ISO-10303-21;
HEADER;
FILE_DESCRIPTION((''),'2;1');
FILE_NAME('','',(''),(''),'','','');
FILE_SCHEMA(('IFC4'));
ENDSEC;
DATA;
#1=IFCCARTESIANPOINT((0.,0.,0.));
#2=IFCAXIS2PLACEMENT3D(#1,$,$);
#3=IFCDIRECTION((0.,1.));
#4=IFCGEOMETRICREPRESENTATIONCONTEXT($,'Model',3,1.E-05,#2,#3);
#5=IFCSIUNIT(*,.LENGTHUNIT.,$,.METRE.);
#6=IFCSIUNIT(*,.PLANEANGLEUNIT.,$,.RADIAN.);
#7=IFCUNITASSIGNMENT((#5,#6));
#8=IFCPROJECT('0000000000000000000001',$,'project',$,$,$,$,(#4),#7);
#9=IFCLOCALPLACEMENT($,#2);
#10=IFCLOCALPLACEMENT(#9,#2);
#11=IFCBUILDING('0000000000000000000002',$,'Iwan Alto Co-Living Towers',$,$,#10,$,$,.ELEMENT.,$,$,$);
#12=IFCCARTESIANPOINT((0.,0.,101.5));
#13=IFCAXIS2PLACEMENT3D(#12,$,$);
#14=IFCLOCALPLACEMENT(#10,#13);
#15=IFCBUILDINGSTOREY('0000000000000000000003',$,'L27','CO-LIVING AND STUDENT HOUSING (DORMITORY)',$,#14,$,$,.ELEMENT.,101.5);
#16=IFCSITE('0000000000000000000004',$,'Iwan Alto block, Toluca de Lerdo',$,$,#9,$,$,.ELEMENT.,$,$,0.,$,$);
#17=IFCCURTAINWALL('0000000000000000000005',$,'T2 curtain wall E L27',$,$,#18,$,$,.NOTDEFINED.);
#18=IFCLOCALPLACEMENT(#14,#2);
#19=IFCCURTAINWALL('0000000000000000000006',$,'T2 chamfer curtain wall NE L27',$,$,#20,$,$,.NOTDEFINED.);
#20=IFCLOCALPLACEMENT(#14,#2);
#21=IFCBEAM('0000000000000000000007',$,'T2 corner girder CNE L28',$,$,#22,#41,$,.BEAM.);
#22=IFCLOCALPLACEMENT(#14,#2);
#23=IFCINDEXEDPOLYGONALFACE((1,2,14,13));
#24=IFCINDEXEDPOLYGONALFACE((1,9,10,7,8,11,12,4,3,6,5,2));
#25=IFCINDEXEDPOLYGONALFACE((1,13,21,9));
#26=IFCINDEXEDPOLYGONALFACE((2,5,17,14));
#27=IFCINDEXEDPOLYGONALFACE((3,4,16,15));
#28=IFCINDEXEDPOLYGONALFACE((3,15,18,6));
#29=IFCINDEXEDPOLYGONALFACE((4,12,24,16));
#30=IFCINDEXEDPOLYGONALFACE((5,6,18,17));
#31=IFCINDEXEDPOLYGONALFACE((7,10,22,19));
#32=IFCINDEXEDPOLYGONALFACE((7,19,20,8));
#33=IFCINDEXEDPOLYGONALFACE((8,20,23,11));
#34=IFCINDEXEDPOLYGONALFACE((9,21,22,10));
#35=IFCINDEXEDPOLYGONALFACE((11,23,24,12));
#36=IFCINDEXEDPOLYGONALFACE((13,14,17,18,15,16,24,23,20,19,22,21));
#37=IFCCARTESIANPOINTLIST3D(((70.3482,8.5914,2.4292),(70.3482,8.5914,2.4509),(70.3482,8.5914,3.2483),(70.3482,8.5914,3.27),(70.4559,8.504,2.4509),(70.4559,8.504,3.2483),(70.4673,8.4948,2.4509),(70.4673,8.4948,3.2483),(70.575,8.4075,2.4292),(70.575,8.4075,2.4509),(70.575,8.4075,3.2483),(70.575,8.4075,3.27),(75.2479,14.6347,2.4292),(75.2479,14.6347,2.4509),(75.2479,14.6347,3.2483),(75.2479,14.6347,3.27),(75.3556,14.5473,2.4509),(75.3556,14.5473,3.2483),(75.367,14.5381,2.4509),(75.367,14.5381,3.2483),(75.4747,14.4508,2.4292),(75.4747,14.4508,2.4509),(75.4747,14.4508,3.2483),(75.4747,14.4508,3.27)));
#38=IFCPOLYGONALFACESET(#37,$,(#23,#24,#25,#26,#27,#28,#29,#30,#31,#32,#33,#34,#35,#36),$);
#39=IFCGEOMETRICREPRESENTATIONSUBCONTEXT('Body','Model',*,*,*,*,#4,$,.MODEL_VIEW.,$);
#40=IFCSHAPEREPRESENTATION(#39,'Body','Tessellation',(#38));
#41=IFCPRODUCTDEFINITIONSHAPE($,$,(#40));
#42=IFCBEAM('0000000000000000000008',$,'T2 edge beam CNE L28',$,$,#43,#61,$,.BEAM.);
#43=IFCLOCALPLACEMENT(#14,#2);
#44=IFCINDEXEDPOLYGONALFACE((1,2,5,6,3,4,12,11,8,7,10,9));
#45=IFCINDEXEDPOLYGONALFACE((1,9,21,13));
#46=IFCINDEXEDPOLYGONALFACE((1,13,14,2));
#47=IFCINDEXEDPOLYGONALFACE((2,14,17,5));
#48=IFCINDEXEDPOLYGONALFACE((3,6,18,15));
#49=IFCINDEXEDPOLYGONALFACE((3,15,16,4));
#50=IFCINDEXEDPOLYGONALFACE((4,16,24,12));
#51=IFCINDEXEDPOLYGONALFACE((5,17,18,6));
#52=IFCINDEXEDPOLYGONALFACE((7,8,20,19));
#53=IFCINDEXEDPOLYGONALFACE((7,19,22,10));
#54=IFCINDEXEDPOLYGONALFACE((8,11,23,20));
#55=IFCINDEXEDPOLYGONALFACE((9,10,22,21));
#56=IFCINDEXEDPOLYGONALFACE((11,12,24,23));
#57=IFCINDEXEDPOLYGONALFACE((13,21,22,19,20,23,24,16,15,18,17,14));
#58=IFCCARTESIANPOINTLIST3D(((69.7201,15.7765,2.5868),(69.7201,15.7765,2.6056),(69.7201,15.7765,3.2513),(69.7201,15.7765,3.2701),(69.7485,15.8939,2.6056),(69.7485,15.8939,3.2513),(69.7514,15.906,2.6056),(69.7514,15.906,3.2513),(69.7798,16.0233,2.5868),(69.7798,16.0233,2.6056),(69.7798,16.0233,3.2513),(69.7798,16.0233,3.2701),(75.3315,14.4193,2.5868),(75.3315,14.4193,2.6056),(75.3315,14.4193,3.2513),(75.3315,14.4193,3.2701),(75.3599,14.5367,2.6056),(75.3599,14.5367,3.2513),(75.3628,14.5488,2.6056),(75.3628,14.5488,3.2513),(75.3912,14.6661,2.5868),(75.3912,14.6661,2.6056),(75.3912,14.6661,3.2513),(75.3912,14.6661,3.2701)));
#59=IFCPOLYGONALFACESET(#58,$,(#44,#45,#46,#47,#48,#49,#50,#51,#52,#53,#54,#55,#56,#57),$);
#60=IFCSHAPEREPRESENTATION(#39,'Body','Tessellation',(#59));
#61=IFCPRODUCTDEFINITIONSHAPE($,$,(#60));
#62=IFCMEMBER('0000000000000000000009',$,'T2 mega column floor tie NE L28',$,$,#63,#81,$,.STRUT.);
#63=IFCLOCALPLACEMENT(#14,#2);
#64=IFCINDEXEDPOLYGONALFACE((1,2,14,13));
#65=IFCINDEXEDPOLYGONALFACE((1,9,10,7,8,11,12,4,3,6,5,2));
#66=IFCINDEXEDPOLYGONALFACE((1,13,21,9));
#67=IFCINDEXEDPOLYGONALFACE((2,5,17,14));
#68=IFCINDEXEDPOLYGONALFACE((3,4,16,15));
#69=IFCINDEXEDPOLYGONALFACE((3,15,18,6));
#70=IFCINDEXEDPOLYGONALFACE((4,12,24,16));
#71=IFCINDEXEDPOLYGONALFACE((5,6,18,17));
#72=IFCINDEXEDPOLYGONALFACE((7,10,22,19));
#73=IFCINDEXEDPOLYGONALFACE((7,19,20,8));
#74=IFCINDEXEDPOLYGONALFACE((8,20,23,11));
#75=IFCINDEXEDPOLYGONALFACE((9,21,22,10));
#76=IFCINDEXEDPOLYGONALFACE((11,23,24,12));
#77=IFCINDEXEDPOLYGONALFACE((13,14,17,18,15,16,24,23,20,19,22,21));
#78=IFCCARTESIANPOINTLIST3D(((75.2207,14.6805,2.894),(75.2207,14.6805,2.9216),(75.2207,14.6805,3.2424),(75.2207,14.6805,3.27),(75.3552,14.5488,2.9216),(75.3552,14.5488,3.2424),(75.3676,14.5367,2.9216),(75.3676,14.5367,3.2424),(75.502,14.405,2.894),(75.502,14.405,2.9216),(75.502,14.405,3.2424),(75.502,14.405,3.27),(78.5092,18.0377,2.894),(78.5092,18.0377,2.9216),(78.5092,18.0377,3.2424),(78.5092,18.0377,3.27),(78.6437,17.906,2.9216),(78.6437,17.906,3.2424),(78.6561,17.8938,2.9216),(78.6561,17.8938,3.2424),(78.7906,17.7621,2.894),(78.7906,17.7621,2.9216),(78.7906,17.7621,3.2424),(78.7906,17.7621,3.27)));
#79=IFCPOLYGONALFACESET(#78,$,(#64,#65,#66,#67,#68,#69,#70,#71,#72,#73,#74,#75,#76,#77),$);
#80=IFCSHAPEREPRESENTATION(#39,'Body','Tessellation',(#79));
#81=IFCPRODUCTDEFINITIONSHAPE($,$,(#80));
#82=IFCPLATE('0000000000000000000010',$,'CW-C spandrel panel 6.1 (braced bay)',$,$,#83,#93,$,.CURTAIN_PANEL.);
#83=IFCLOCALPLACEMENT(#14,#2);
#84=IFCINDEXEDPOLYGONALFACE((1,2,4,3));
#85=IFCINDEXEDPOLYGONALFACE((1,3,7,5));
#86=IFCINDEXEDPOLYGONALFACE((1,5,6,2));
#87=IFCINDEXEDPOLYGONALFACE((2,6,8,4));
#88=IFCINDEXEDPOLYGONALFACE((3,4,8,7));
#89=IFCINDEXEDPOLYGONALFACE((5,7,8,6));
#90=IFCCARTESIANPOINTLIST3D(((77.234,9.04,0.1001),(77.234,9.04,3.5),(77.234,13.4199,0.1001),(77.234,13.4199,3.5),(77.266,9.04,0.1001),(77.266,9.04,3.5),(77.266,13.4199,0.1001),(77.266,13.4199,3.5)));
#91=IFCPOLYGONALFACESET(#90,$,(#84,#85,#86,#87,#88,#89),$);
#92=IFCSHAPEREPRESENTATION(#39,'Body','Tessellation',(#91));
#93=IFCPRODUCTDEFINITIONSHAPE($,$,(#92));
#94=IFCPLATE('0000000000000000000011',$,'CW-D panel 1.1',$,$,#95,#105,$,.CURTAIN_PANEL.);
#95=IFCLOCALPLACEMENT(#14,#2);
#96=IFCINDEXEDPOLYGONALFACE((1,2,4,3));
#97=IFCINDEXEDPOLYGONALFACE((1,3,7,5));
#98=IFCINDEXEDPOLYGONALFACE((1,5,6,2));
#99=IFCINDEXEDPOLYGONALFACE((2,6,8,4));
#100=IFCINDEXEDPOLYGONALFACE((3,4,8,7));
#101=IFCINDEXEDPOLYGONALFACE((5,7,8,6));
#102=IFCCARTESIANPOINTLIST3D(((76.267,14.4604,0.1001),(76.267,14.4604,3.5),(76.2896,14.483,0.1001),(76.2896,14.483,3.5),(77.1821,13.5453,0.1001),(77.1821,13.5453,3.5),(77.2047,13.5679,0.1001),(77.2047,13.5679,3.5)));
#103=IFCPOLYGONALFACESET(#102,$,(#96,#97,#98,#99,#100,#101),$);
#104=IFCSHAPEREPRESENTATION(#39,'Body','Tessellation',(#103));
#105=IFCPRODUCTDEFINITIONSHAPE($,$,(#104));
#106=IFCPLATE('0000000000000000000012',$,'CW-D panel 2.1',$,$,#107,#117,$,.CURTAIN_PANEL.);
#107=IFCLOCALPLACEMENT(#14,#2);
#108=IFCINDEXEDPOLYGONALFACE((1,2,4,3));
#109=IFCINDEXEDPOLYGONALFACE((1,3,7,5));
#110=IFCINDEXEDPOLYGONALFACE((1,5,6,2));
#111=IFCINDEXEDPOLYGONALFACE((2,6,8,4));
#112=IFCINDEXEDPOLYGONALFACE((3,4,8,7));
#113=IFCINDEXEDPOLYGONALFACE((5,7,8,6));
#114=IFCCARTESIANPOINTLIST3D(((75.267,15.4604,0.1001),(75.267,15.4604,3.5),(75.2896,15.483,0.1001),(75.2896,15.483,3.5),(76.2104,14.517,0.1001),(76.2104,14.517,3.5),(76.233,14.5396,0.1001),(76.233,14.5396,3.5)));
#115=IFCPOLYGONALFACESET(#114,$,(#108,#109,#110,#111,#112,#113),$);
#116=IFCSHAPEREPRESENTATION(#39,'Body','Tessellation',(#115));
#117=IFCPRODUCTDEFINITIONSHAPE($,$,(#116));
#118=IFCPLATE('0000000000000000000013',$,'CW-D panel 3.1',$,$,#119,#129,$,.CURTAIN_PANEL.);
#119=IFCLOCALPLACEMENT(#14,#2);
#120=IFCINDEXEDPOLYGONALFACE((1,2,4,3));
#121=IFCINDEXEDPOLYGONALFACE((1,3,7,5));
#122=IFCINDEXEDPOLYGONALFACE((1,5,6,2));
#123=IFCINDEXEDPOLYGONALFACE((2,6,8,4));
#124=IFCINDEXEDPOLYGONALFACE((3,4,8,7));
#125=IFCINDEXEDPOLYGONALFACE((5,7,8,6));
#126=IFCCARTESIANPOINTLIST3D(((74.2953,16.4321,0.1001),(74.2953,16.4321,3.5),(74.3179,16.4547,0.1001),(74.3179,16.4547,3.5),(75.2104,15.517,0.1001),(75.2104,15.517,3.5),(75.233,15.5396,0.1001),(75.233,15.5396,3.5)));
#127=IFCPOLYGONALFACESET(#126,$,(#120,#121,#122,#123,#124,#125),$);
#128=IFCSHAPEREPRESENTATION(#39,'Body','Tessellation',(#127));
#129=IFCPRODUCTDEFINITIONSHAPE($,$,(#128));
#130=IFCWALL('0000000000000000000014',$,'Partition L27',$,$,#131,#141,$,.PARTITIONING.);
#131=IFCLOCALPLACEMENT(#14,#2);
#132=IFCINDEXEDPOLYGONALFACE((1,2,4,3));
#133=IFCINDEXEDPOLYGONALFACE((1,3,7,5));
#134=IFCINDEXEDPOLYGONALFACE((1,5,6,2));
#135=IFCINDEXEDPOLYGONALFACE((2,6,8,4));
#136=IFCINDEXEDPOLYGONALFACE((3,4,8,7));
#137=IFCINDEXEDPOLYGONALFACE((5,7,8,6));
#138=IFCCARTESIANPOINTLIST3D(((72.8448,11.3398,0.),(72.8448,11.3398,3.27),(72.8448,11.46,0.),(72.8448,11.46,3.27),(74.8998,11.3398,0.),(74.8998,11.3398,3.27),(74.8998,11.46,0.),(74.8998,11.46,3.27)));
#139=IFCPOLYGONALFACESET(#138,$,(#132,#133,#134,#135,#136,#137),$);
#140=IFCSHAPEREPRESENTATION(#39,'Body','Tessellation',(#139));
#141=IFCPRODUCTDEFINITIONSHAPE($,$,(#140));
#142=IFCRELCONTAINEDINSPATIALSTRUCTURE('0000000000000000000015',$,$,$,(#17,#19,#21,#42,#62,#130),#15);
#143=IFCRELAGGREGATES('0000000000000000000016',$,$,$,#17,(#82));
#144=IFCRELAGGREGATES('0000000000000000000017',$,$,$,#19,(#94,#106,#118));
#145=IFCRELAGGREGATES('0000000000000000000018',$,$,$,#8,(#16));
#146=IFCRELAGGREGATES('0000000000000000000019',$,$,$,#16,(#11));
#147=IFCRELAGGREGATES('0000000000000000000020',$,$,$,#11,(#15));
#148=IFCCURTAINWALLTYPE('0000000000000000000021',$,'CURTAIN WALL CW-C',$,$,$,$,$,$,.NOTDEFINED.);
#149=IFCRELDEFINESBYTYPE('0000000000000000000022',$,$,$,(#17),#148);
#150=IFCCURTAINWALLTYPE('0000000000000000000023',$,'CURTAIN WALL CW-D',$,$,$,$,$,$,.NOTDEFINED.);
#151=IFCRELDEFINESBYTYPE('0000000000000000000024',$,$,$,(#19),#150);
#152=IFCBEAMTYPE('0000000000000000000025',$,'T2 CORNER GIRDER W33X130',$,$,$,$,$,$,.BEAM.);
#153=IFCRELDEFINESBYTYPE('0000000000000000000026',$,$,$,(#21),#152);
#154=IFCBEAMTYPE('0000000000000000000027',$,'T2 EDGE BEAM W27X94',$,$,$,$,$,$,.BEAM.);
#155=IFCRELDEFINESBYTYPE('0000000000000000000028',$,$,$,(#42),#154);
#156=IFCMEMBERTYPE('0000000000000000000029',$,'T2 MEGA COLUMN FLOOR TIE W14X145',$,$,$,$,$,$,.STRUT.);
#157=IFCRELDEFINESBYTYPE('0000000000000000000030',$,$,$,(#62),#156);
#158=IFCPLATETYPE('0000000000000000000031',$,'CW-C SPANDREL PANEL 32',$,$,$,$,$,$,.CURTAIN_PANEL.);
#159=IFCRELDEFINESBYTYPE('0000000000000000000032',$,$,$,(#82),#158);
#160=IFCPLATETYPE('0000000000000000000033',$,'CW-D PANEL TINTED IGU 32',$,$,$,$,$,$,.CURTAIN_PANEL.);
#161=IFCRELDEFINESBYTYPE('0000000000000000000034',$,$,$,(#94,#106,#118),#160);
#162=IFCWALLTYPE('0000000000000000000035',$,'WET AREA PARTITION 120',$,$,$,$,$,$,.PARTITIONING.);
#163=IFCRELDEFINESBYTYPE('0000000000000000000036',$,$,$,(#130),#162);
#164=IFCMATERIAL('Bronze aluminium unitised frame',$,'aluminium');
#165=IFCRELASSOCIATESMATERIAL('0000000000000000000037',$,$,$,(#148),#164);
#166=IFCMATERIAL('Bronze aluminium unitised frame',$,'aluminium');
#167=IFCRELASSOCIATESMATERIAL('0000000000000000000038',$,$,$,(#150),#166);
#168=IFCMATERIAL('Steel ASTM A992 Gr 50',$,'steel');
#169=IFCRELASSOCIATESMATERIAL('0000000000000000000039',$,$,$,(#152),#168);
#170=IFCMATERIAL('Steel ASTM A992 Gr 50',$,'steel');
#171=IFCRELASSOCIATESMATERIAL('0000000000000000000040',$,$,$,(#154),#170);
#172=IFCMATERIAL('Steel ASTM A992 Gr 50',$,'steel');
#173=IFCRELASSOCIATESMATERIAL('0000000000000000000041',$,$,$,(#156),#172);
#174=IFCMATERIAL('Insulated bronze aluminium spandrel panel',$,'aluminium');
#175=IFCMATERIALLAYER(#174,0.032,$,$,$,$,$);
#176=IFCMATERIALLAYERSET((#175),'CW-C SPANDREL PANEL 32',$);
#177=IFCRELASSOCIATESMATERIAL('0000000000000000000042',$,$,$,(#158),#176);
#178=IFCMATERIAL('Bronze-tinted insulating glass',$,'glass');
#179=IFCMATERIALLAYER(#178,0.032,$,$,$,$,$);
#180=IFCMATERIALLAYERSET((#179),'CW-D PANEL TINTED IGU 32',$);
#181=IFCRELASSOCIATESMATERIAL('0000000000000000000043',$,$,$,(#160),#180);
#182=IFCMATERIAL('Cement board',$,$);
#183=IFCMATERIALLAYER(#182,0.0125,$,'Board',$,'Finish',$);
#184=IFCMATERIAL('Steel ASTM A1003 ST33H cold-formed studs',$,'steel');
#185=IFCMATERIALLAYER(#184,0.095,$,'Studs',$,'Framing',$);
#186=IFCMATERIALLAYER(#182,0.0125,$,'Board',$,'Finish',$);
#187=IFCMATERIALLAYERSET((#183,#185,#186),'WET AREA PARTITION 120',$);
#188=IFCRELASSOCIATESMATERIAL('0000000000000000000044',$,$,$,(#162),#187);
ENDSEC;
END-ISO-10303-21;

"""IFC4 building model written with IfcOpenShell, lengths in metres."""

from ifc_helpers import new_model, si_unit, direction, frame, frame_2d, origin, origin_2d, place, context, subcontext, project, spatial, rectangle, i_section, extrude, material, layer, layer_set, material_profile, profile_set, type_object, element, aggregate, save


model = new_model("IFC4")

# Units and contexts
model_context = context("Model", 3, precision=1e-05, world=origin(), true_north=direction((0.0, 1.0)))
body_context = subcontext(model_context, "Body", "Model", "MODEL_VIEW")
ifc_project = project(units=[si_unit("LENGTHUNIT", "METRE"), si_unit("PLANEANGLEUNIT", "RADIAN")], contexts=[model_context])

# Site, building, storey
site_placement = place(None, origin())
site = spatial("IfcSite", under=ifc_project, at=site_placement, Name="Iwan Alto block, Toluca de Lerdo", CompositionType="ELEMENT", RefElevation=0.0)
building_placement = place(site_placement, origin())
building = spatial("IfcBuilding", under=site, at=building_placement, Name="Iwan Alto Co-Living Towers", CompositionType="ELEMENT")
storey_placement = place(building_placement, frame((0.0, 0.0, 101.5)))
storey = spatial("IfcBuildingStorey", under=building, at=storey_placement, Name="L27", Description="CO-LIVING AND STUDENT HOUSING (DORMITORY)", CompositionType="ELEMENT", Elevation=101.5)

# Curtain wall
ifc_material_1 = material(Name="Bronze aluminium unitised frame", Category="aluminium")
curtain_wall_type_1 = type_object("IfcCurtainWallType", Name="CURTAIN WALL CW-C", PredefinedType="NOTDEFINED", material=ifc_material_1)
curtain_wall_1_placement = place(storey_placement, origin())
curtain_wall_1 = element("IfcCurtainWall", 1, at=curtain_wall_1_placement, inside=storey, type_object=curtain_wall_type_1, Name="T2 curtain wall E L27", PredefinedType="NOTDEFINED")

# Curtain wall
ifc_material_2 = material(Name="Bronze aluminium unitised frame", Category="aluminium")
curtain_wall_type_2 = type_object("IfcCurtainWallType", Name="CURTAIN WALL CW-D", PredefinedType="NOTDEFINED", material=ifc_material_2)
curtain_wall_2_placement = place(storey_placement, origin())
curtain_wall_2 = element("IfcCurtainWall", 2, at=curtain_wall_2_placement, inside=storey, type_object=curtain_wall_type_2, Name="T2 chamfer curtain wall NE L27", PredefinedType="NOTDEFINED")

# Beams
ifc_material_3 = material(Name="Steel ASTM A992 Gr 50", Category="steel")
ifc_material_profile_1 = material_profile(ifc_material_3, i_section(OverallWidth=0.292, OverallDepth=0.8408, WebThickness=0.0146, FlangeThickness=0.0217, at=origin_2d()), Name="W33X130")
ifc_profile_set_1 = profile_set([ifc_material_profile_1], Name="Steel ASTM A992 Gr 50")
beam_type_1 = type_object("IfcBeamType", Name="T2 CORNER GIRDER W33X130", PredefinedType="BEAM", material=ifc_profile_set_1)
beam_1_placement = place(storey_placement, frame((75.3613, 14.5427, 2.8496), z_axis=(-0.629783, -0.776771, 0.0), x_axis=(0.776771, -0.629783, 0.0)))
element("IfcBeam", 3, at=beam_1_placement, inside=storey, type_object=beam_type_1, Name="T2 corner girder CNE L28", PredefinedType="BEAM", context=body_context, shape_type="SweptSolid", body=[
    extrude(i_section(OverallWidth=0.292, OverallDepth=0.8408, WebThickness=0.0146, FlangeThickness=0.0217, at=origin_2d()), origin(), (0.0, 0.0, 1.0), 7.78),
])
ifc_material_4 = material(Name="Steel ASTM A992 Gr 50", Category="steel")
ifc_material_profile_2 = material_profile(ifc_material_4, i_section(OverallWidth=0.2539, OverallDepth=0.6833, WebThickness=0.0125, FlangeThickness=0.0188, at=origin_2d()), Name="W27X94")
ifc_profile_set_2 = profile_set([ifc_material_profile_2], Name="Steel ASTM A992 Gr 50")
beam_type_2 = type_object("IfcBeamType", Name="T2 EDGE BEAM W27X94", PredefinedType="BEAM", material=ifc_profile_set_2)
beam_2_placement = place(storey_placement, frame((75.3613, 14.5427, 2.9285), z_axis=(-0.971975, 0.235086, 0.0), x_axis=(-0.235086, -0.971975, 0.0)))
element("IfcBeam", 4, at=beam_2_placement, inside=storey, type_object=beam_type_2, Name="T2 edge beam CNE L28", PredefinedType="BEAM", context=body_context, shape_type="SweptSolid", body=[
    extrude(i_section(OverallWidth=0.2539, OverallDepth=0.6833, WebThickness=0.0125, FlangeThickness=0.0188, at=origin_2d()), origin(), (0.0, 0.0, 1.0), 5.7732),
])

# Member
ifc_material_5 = material(Name="Steel ASTM A992 Gr 50", Category="steel")
ifc_material_profile_3 = material_profile(ifc_material_5, i_section(OverallWidth=0.3938, OverallDepth=0.376, WebThickness=0.0173, FlangeThickness=0.0276, at=origin_2d()), Name="W14X145")
ifc_profile_set_3 = profile_set([ifc_material_profile_3], Name="Steel ASTM A992 Gr 50")
member_type_1 = type_object("IfcMemberType", Name="T2 MEGA COLUMN FLOOR TIE W14X145", PredefinedType="STRUT", material=ifc_profile_set_3)
member_1_placement = place(storey_placement, frame((78.6499, 17.8999, 3.082), z_axis=(-0.69977, -0.714368, 0.0), x_axis=(0.714368, -0.69977, 0.0)))
element("IfcMember", 5, at=member_1_placement, inside=storey, type_object=member_type_1, Name="T2 mega column floor tie NE L28", PredefinedType="STRUT", context=body_context, shape_type="SweptSolid", body=[
    extrude(i_section(OverallWidth=0.3938, OverallDepth=0.376, WebThickness=0.0173, FlangeThickness=0.0276, at=origin_2d()), origin(), (0.0, 0.0, 1.0), 4.6995),
])

# Plates
ifc_material_6 = material(Name="Insulated bronze aluminium spandrel panel", Category="aluminium")
ifc_layer_1 = layer(ifc_material_6, 0.032)
ifc_layer_set_1 = layer_set([ifc_layer_1], Name="CW-C SPANDREL PANEL 32")
plate_type_1 = type_object("IfcPlateType", Name="CW-C SPANDREL PANEL 32", PredefinedType="CURTAIN_PANEL", material=ifc_layer_set_1)
plate_1_placement = place(storey_placement, frame((77.25, 11.23, 0.1001), z_axis=(0.0, 0.0, 1.0), x_axis=(0.0, 1.0, 0.0)))
plate_1 = element("IfcPlate", 6, at=plate_1_placement, type_object=plate_type_1, Name="CW-C spandrel panel 6.1 (braced bay)", PredefinedType="CURTAIN_PANEL", context=body_context, shape_type="SweptSolid", body=[
    extrude(rectangle(XDim=4.3799, YDim=0.032, at=origin_2d()), origin(), (0.0, 0.0, 1.0), 3.3999),
])
aggregate(curtain_wall_1, [plate_1])
ifc_material_7 = material(Name="Bronze-tinted insulating glass", Category="glass")
ifc_layer_2 = layer(ifc_material_7, 0.032)
ifc_layer_set_2 = layer_set([ifc_layer_2], Name="CW-D PANEL TINTED IGU 32")
plate_type_2 = type_object("IfcPlateType", Name="CW-D PANEL TINTED IGU 32", PredefinedType="CURTAIN_PANEL", material=ifc_layer_set_2)
plate_2_placement = place(storey_placement, frame((76.7358, 14.0142, 0.1001), z_axis=(0.0, 0.0, 1.0), x_axis=(-0.707107, 0.707107, 0.0)))
plate_2 = element("IfcPlate", 7, at=plate_2_placement, type_object=plate_type_2, Name="CW-D panel 1.1", PredefinedType="CURTAIN_PANEL", context=body_context, shape_type="SweptSolid", body=[
    extrude(rectangle(XDim=1.2942, YDim=0.032, at=origin_2d()), origin(), (0.0, 0.0, 1.0), 3.3999),
])
plate_3_placement = place(storey_placement, frame((75.75, 15.0, 0.1001), z_axis=(0.0, 0.0, 1.0), x_axis=(-0.707107, 0.707107, 0.0)))
plate_3 = element("IfcPlate", 8, at=plate_3_placement, type_object=plate_type_2, Name="CW-D panel 2.1", PredefinedType="CURTAIN_PANEL", context=body_context, shape_type="SweptSolid", body=[
    extrude(rectangle(XDim=1.3342, YDim=0.032, at=origin_2d()), origin(), (0.0, 0.0, 1.0), 3.3999),
])
plate_4_placement = place(storey_placement, frame((74.7642, 15.9858, 0.1001), z_axis=(0.0, 0.0, 1.0), x_axis=(-0.707107, 0.707107, 0.0)))
plate_4 = element("IfcPlate", 9, at=plate_4_placement, type_object=plate_type_2, Name="CW-D panel 3.1", PredefinedType="CURTAIN_PANEL", context=body_context, shape_type="SweptSolid", body=[
    extrude(rectangle(XDim=1.2942, YDim=0.032, at=origin_2d()), origin(), (0.0, 0.0, 1.0), 3.3999),
])
aggregate(curtain_wall_2, [plate_2, plate_3, plate_4])

# Wall
ifc_material_8 = material(Name="Cement board")
ifc_layer_3 = layer(ifc_material_8, 0.0125, Name="Board", Category="Finish")
ifc_material_9 = material(Name="Steel ASTM A1003 ST33H cold-formed studs", Category="steel")
ifc_layer_4 = layer(ifc_material_9, 0.095, Name="Studs", Category="Framing")
ifc_layer_5 = layer(ifc_material_8, 0.0125, Name="Board", Category="Finish")
ifc_layer_set_3 = layer_set([ifc_layer_3, ifc_layer_4, ifc_layer_5], Name="WET AREA PARTITION 120")
wall_type = type_object("IfcWallType", Name="WET AREA PARTITION 120", PredefinedType="PARTITIONING", material=ifc_layer_set_3)
wall_placement = place(storey_placement, frame((72.845, 11.3999, 0.0), z_axis=(0.0, 0.0, 1.0), x_axis=(1.0, 0.0, 0.0)))
element("IfcWall", 10, at=wall_placement, inside=storey, type_object=wall_type, Name="Partition L27", PredefinedType="PARTITIONING", context=body_context, shape_type="SweptSolid", body=[
    extrude(rectangle(XDim=2.0549, YDim=0.1201, at=frame_2d((1.0273, 0.0))), origin(), (0.0, 0.0, 1.0), 3.27),
])

save(model, "model.ifc")
